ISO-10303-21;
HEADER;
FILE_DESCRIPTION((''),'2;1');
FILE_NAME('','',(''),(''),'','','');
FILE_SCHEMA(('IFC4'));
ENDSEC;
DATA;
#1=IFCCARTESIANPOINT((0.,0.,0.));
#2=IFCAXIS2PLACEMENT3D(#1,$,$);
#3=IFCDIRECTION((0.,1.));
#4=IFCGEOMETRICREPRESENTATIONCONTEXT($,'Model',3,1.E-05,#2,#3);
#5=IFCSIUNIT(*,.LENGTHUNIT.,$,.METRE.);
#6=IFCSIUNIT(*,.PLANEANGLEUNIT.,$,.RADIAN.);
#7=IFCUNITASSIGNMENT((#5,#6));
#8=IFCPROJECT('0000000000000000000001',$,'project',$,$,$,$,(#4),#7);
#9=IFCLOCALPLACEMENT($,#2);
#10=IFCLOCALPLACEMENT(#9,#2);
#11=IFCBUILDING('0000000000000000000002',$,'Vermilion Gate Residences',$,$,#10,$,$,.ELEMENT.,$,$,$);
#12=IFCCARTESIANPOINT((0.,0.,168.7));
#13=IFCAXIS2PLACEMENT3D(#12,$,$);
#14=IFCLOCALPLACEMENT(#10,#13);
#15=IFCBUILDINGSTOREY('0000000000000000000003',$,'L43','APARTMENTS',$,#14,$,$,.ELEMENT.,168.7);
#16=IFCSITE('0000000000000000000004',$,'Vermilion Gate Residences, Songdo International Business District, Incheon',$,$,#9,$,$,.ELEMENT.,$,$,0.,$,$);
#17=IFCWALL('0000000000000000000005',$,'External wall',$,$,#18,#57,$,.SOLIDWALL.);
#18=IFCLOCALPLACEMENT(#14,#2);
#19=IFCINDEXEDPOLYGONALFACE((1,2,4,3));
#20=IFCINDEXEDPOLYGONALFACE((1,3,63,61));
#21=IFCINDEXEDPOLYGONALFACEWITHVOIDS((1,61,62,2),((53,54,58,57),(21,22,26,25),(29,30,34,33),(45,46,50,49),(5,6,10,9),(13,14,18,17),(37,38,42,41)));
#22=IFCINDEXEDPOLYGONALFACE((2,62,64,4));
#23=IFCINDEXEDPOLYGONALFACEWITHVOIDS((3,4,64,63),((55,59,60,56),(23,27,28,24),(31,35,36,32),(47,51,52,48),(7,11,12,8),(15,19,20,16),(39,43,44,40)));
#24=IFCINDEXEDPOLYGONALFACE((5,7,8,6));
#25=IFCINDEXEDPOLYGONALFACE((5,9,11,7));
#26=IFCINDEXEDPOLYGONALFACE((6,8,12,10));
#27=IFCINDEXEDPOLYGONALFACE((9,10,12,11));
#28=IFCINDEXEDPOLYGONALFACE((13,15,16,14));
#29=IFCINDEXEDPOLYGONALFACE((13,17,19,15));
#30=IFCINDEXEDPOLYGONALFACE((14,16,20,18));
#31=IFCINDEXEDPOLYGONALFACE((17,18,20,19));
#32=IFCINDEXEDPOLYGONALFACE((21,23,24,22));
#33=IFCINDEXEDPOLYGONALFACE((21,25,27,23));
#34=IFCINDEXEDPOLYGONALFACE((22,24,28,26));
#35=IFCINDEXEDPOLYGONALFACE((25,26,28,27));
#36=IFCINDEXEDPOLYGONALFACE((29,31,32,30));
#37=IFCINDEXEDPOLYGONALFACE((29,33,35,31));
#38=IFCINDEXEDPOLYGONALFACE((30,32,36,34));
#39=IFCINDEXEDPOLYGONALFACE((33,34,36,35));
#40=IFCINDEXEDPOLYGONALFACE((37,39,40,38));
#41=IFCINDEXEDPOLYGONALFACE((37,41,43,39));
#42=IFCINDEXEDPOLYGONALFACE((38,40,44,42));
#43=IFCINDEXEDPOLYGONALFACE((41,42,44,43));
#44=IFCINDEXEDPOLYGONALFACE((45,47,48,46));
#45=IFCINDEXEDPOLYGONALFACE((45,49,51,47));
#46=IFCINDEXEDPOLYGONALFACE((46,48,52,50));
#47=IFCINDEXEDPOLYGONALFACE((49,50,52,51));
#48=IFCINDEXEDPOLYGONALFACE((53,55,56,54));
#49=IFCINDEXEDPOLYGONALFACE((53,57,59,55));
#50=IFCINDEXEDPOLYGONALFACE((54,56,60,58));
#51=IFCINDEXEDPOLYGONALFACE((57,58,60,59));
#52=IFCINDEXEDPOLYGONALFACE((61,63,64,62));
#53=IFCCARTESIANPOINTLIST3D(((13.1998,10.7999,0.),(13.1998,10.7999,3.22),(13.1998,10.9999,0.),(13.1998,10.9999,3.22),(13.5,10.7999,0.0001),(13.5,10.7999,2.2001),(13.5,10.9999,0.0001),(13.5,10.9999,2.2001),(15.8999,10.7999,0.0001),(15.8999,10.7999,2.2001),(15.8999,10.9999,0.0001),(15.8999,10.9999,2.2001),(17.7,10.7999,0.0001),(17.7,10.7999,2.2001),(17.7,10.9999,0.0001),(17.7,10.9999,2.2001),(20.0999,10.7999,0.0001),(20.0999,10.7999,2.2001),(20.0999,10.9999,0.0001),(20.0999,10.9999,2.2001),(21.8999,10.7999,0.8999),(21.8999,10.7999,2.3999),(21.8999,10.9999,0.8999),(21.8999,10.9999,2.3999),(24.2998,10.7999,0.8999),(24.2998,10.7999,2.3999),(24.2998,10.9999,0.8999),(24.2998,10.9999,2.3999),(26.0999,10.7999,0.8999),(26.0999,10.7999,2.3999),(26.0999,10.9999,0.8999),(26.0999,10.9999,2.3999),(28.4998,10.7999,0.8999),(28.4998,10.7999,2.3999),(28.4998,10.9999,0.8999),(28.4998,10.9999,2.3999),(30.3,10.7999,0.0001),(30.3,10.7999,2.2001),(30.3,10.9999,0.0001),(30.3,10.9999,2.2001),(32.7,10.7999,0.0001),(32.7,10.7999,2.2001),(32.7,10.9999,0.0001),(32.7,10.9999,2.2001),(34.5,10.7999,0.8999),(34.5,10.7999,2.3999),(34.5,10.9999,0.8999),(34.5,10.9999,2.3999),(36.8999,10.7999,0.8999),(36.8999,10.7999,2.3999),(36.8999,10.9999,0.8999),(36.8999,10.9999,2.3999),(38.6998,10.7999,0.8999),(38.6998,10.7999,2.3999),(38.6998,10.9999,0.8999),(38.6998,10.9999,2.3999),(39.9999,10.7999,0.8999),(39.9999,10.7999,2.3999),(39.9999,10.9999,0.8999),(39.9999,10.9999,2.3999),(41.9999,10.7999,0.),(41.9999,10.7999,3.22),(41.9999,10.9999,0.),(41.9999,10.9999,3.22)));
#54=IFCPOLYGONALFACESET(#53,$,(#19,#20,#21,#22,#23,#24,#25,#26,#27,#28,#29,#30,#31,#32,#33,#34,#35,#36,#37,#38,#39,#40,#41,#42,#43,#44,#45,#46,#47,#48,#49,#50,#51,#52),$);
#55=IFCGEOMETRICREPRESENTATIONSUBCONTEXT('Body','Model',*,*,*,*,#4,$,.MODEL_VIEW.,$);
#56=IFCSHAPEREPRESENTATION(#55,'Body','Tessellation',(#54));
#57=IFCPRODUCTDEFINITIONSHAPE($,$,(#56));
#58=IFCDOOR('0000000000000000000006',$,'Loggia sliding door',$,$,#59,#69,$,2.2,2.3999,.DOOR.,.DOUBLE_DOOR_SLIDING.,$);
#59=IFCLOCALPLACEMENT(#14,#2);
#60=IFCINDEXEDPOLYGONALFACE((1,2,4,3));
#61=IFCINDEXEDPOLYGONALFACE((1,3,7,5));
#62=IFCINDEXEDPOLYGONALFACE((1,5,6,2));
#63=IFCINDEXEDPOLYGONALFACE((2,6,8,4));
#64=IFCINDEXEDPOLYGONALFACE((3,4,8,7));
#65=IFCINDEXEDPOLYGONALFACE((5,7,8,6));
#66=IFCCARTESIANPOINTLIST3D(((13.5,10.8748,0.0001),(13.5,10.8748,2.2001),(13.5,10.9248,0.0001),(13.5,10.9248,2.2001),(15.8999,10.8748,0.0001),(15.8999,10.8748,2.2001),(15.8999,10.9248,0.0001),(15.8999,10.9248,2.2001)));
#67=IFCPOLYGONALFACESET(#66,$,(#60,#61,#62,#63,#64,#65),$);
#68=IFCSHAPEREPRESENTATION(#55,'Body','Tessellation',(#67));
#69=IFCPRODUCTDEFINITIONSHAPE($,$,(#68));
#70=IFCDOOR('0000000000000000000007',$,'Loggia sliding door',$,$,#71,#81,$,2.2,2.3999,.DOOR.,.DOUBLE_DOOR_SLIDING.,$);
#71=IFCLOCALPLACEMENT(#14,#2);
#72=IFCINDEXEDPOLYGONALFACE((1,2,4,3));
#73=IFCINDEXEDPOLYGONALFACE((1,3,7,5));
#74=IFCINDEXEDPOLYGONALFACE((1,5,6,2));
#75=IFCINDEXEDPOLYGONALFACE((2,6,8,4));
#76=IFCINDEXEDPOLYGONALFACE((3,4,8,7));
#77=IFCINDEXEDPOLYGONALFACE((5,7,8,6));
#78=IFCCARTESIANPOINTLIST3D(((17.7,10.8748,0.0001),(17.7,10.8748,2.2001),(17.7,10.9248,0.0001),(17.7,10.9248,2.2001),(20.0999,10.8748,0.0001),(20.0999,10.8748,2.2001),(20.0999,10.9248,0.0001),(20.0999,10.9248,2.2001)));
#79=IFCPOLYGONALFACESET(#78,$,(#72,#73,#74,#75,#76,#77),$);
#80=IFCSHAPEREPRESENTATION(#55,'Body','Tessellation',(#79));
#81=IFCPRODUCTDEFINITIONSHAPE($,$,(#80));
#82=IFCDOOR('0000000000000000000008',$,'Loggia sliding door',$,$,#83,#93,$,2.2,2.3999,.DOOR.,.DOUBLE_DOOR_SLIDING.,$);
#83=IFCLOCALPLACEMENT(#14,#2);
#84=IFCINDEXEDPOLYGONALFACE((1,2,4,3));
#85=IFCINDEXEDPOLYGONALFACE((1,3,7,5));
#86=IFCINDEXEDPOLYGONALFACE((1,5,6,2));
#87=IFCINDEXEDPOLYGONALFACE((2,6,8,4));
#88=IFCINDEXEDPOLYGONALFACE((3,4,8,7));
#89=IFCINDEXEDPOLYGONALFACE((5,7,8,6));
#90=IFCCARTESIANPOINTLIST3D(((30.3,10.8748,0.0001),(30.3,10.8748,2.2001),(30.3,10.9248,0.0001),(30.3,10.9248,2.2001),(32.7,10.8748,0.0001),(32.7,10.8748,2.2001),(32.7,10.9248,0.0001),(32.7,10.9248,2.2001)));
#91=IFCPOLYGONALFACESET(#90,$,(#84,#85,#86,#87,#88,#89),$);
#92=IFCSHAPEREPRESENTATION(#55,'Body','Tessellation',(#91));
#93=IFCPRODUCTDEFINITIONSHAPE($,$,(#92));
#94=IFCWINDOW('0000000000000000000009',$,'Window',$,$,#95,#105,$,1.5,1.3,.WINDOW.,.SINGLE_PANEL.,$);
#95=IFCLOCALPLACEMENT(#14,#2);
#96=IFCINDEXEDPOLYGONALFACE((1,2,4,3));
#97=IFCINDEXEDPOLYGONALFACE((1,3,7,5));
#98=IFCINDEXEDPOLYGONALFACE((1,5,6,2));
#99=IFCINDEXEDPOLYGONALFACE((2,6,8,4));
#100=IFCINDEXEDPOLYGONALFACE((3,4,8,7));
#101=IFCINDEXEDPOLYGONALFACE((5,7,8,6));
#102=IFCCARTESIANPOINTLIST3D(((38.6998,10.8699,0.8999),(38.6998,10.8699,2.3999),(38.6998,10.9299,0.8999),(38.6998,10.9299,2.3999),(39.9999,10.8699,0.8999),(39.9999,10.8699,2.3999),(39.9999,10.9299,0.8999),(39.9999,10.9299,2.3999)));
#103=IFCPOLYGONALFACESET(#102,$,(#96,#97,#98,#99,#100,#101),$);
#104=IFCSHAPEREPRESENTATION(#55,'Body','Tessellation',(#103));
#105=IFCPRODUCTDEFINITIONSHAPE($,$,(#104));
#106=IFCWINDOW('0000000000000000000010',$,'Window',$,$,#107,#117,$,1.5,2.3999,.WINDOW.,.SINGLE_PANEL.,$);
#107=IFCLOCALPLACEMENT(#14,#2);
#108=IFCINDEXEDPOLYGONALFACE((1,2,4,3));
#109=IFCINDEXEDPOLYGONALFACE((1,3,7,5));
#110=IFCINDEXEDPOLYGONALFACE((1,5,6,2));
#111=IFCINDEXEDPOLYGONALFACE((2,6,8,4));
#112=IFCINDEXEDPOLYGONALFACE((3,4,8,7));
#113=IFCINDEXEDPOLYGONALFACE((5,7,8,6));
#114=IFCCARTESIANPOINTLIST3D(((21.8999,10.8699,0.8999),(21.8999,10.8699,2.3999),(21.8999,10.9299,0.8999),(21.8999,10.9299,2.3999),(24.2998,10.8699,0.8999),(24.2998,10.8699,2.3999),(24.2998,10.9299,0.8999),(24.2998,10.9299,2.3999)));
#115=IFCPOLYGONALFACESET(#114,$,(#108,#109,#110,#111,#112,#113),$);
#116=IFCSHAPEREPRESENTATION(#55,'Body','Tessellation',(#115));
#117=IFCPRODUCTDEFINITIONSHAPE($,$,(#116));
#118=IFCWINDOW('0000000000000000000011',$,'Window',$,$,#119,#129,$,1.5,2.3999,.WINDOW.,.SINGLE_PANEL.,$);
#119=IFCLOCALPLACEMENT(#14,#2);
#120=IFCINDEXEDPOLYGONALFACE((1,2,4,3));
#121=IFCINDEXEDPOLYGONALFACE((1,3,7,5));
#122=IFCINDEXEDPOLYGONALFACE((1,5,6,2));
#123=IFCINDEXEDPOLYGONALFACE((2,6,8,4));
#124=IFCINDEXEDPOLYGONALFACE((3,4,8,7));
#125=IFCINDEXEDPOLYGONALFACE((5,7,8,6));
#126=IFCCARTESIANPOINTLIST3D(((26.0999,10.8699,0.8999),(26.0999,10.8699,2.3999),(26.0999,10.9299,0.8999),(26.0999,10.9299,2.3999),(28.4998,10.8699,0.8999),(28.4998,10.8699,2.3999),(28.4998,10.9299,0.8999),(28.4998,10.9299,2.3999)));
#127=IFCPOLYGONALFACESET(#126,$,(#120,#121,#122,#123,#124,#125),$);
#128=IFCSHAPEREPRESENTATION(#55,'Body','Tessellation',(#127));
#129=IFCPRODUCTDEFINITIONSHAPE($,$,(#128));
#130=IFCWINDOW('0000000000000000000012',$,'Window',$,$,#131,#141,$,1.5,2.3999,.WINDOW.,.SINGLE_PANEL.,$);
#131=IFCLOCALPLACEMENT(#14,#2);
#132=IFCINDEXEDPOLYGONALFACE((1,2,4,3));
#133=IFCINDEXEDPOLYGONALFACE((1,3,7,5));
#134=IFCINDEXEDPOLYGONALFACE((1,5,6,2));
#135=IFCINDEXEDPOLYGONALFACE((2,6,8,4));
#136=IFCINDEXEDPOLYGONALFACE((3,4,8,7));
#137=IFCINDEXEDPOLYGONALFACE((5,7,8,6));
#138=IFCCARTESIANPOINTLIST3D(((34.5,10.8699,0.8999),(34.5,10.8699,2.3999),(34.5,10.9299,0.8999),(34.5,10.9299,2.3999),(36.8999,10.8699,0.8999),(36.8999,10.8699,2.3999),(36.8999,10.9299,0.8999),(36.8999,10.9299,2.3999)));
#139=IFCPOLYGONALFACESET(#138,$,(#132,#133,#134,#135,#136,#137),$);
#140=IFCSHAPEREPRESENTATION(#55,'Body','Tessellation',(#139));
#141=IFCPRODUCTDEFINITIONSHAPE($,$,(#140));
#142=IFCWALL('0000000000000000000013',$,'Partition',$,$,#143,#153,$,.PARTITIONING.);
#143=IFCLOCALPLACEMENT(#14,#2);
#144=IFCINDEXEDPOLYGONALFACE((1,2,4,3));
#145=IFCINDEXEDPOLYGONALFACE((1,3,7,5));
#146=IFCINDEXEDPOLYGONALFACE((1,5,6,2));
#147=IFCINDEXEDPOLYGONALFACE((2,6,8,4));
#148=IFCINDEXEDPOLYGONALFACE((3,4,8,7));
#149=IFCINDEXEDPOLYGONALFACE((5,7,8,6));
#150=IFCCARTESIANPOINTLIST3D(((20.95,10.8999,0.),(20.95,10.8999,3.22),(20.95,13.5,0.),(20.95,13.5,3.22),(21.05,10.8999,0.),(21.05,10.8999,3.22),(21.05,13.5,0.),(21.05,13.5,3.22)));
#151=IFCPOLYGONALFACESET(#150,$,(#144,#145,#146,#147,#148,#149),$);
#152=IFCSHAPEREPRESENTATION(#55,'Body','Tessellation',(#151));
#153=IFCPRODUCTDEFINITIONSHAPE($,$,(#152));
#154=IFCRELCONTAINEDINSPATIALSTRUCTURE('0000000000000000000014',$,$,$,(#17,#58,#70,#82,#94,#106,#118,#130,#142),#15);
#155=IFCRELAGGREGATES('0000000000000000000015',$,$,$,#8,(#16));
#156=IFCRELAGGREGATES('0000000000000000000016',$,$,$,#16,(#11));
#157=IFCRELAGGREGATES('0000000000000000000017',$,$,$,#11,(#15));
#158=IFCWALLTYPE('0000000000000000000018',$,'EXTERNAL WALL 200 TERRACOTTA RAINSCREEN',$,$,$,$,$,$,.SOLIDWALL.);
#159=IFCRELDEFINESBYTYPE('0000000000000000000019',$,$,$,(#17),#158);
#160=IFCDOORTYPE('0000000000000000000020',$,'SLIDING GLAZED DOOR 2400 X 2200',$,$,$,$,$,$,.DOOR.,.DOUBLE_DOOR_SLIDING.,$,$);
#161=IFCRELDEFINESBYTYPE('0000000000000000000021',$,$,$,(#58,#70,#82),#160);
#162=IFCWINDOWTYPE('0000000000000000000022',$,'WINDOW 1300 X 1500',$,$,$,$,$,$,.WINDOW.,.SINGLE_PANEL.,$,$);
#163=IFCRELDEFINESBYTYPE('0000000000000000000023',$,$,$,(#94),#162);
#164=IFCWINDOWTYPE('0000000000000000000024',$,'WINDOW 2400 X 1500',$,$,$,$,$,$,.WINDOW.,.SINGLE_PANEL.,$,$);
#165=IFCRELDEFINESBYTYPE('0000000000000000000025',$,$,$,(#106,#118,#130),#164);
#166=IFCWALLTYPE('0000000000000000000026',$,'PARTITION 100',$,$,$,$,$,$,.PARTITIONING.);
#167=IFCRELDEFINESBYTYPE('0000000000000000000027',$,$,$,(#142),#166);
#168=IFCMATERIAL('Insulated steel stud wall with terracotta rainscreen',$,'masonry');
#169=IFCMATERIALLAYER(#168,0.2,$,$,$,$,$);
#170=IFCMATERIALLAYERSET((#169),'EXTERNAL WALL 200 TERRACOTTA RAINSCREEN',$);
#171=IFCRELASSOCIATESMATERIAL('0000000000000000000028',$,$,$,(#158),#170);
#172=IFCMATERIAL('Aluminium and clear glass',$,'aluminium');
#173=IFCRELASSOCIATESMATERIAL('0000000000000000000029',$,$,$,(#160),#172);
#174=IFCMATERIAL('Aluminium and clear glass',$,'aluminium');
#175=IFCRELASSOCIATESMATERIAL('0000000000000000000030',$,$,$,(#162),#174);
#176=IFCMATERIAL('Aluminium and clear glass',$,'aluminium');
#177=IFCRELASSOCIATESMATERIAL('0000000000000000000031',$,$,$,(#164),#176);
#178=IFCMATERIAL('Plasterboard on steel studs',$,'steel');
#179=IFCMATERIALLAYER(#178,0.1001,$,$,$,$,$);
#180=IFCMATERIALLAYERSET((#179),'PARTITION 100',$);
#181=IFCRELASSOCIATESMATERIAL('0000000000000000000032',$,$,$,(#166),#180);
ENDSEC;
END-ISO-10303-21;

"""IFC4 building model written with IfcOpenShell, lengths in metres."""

from ifc_helpers import new_model, si_unit, direction, frame, frame_2d, origin, place, context, subcontext, project, spatial, rectangle, extrude, material, layer, layer_set, type_object, element, fill, save


model = new_model("IFC4")

# Units and contexts
model_context = context("Model", 3, precision=1e-05, world=origin(), true_north=direction((0.0, 1.0)))
body_context = subcontext(model_context, "Body", "Model", "MODEL_VIEW")
ifc_project = project(units=[si_unit("LENGTHUNIT", "METRE"), si_unit("PLANEANGLEUNIT", "RADIAN")], contexts=[model_context])

# Site, building, storey
site_placement = place(None, origin())
site = spatial("IfcSite", under=ifc_project, at=site_placement, Name="Vermilion Gate Residences, Songdo International Business District, Incheon", CompositionType="ELEMENT", RefElevation=0.0)
building_placement = place(site_placement, origin())
building = spatial("IfcBuilding", under=site, at=building_placement, Name="Vermilion Gate Residences", CompositionType="ELEMENT")
storey_placement = place(building_placement, frame((0.0, 0.0, 168.7)))
storey = spatial("IfcBuildingStorey", under=building, at=storey_placement, Name="L43", Description="APARTMENTS", CompositionType="ELEMENT", Elevation=168.7)

# Shared definitions
ifc_material_1 = material(Name="Insulated steel stud wall with terracotta rainscreen", Category="masonry")
ifc_layer_1 = layer(ifc_material_1, 0.2)
ifc_layer_set_1 = layer_set([ifc_layer_1], Name="EXTERNAL WALL 200 TERRACOTTA RAINSCREEN")
wall_type_1 = type_object("IfcWallType", Name="EXTERNAL WALL 200 TERRACOTTA RAINSCREEN", PredefinedType="SOLIDWALL", material=ifc_layer_set_1)

# Wall, openings, doors, windows
wall_1_placement = place(storey_placement, frame((13.2, 10.8999, 0.0), z_axis=(0.0, 0.0, 1.0), x_axis=(1.0, 0.0, 0.0)))
wall_1 = element("IfcWall", 1, at=wall_1_placement, inside=storey, type_object=wall_type_1, Name="External wall", PredefinedType="SOLIDWALL", context=body_context, shape_type="SweptSolid", body=[
    extrude(rectangle(XDim=28.8, YDim=0.2, at=frame_2d((14.3999, 0.0))), origin(), (0.0, 0.0, 1.0), 3.22),
])
opening_1_placement = place(wall_1_placement, frame((0.3, 0.0, 0.0)))
opening_1 = element("IfcOpeningElement", 2, at=opening_1_placement, cuts=wall_1, PredefinedType="OPENING", context=body_context, shape_type="SweptSolid", body=[
    extrude(rectangle(XDim=2.3999, YDim=2.2, at=frame_2d((1.2, 1.1001))), frame((0.0, 0.1099, 0.0), z_axis=(0.0, -1.0, 0.0), x_axis=(1.0, 0.0, 0.0)), (0.0, 0.0, 1.0), 0.22),
])
opening_2_placement = place(wall_1_placement, frame((4.5, 0.0, 0.0)))
opening_2 = element("IfcOpeningElement", 3, at=opening_2_placement, cuts=wall_1, PredefinedType="OPENING", context=body_context, shape_type="SweptSolid", body=[
    extrude(rectangle(XDim=2.3999, YDim=2.2, at=frame_2d((1.2, 1.1001))), frame((0.0, 0.1099, 0.0), z_axis=(0.0, -1.0, 0.0), x_axis=(1.0, 0.0, 0.0)), (0.0, 0.0, 1.0), 0.22),
])
opening_3_placement = place(wall_1_placement, frame((8.7, 0.0, 0.8999)))
opening_3 = element("IfcOpeningElement", 4, at=opening_3_placement, cuts=wall_1, PredefinedType="OPENING", context=body_context, shape_type="SweptSolid", body=[
    extrude(rectangle(XDim=2.3999, YDim=1.5, at=frame_2d((1.2, 0.75))), frame((0.0, 0.1099, 0.0), z_axis=(0.0, -1.0, 0.0), x_axis=(1.0, 0.0, 0.0)), (0.0, 0.0, 1.0), 0.22),
])
opening_4_placement = place(wall_1_placement, frame((12.8999, 0.0, 0.8999)))
opening_4 = element("IfcOpeningElement", 5, at=opening_4_placement, cuts=wall_1, PredefinedType="OPENING", context=body_context, shape_type="SweptSolid", body=[
    extrude(rectangle(XDim=2.3999, YDim=1.5, at=frame_2d((1.2, 0.75))), frame((0.0, 0.1099, 0.0), z_axis=(0.0, -1.0, 0.0), x_axis=(1.0, 0.0, 0.0)), (0.0, 0.0, 1.0), 0.22),
])
opening_5_placement = place(wall_1_placement, frame((17.1001, 0.0, 0.0)))
opening_5 = element("IfcOpeningElement", 6, at=opening_5_placement, cuts=wall_1, PredefinedType="OPENING", context=body_context, shape_type="SweptSolid", body=[
    extrude(rectangle(XDim=2.3999, YDim=2.2, at=frame_2d((1.2, 1.1001))), frame((0.0, 0.1099, 0.0), z_axis=(0.0, -1.0, 0.0), x_axis=(1.0, 0.0, 0.0)), (0.0, 0.0, 1.0), 0.22),
])
opening_6_placement = place(wall_1_placement, frame((21.3, 0.0, 0.8999)))
opening_6 = element("IfcOpeningElement", 7, at=opening_6_placement, cuts=wall_1, PredefinedType="OPENING", context=body_context, shape_type="SweptSolid", body=[
    extrude(rectangle(XDim=2.3999, YDim=1.5, at=frame_2d((1.2, 0.75))), frame((0.0, 0.1099, 0.0), z_axis=(0.0, -1.0, 0.0), x_axis=(1.0, 0.0, 0.0)), (0.0, 0.0, 1.0), 0.22),
])
opening_7_placement = place(wall_1_placement, frame((25.5, 0.0, 0.8999)))
opening_7 = element("IfcOpeningElement", 8, at=opening_7_placement, cuts=wall_1, PredefinedType="OPENING", context=body_context, shape_type="SweptSolid", body=[
    extrude(rectangle(XDim=1.3, YDim=1.5, at=frame_2d((0.6499, 0.75))), frame((0.0, 0.1099, 0.0), z_axis=(0.0, -1.0, 0.0), x_axis=(1.0, 0.0, 0.0)), (0.0, 0.0, 1.0), 0.22),
])
ifc_material_2 = material(Name="Aluminium and clear glass", Category="aluminium")
door_type_1 = type_object("IfcDoorType", Name="SLIDING GLAZED DOOR 2400 X 2200", OperationType="DOUBLE_DOOR_SLIDING", PredefinedType="DOOR", material=ifc_material_2)
door_1_placement = place(opening_1_placement, origin())
door_1 = element("IfcDoor", 9, at=door_1_placement, inside=storey, type_object=door_type_1, Name="Loggia sliding door", OperationType="DOUBLE_DOOR_SLIDING", OverallHeight=2.2, OverallWidth=2.3999, PredefinedType="DOOR", context=body_context, shape_type="SweptSolid", body=[
    extrude(rectangle(XDim=2.3999, YDim=2.2, at=frame_2d((1.2, 1.1001))), frame((0.0, 0.0249, 0.0), z_axis=(0.0, -1.0, 0.0), x_axis=(1.0, 0.0, 0.0)), (0.0, 0.0, 1.0), 0.05),
])
fill(opening_1, door_1)
door_2_placement = place(opening_2_placement, origin())
door_2 = element("IfcDoor", 10, at=door_2_placement, inside=storey, type_object=door_type_1, Name="Loggia sliding door", OperationType="DOUBLE_DOOR_SLIDING", OverallHeight=2.2, OverallWidth=2.3999, PredefinedType="DOOR", context=body_context, shape_type="SweptSolid", body=[
    extrude(rectangle(XDim=2.3999, YDim=2.2, at=frame_2d((1.2, 1.1001))), frame((0.0, 0.0249, 0.0), z_axis=(0.0, -1.0, 0.0), x_axis=(1.0, 0.0, 0.0)), (0.0, 0.0, 1.0), 0.05),
])
fill(opening_2, door_2)
door_3_placement = place(opening_5_placement, origin())
door_3 = element("IfcDoor", 11, at=door_3_placement, inside=storey, type_object=door_type_1, Name="Loggia sliding door", OperationType="DOUBLE_DOOR_SLIDING", OverallHeight=2.2, OverallWidth=2.3999, PredefinedType="DOOR", context=body_context, shape_type="SweptSolid", body=[
    extrude(rectangle(XDim=2.3999, YDim=2.2, at=frame_2d((1.2, 1.1001))), frame((0.0, 0.0249, 0.0), z_axis=(0.0, -1.0, 0.0), x_axis=(1.0, 0.0, 0.0)), (0.0, 0.0, 1.0), 0.05),
])
fill(opening_5, door_3)
ifc_material_3 = material(Name="Aluminium and clear glass", Category="aluminium")
window_type_1 = type_object("IfcWindowType", Name="WINDOW 1300 X 1500", PartitioningType="SINGLE_PANEL", PredefinedType="WINDOW", material=ifc_material_3)
window_1_placement = place(opening_7_placement, origin())
window_1 = element("IfcWindow", 12, at=window_1_placement, inside=storey, type_object=window_type_1, Name="Window", OverallHeight=1.5, OverallWidth=1.3, PartitioningType="SINGLE_PANEL", PredefinedType="WINDOW", context=body_context, shape_type="SweptSolid", body=[
    extrude(rectangle(XDim=1.3, YDim=1.5, at=frame_2d((0.6499, 0.75))), frame((0.0, 0.03, 0.0), z_axis=(0.0, -1.0, 0.0), x_axis=(1.0, 0.0, 0.0)), (0.0, 0.0, 1.0), 0.0601),
])
fill(opening_7, window_1)
ifc_material_4 = material(Name="Aluminium and clear glass", Category="aluminium")
window_type_2 = type_object("IfcWindowType", Name="WINDOW 2400 X 1500", PartitioningType="SINGLE_PANEL", PredefinedType="WINDOW", material=ifc_material_4)
window_2_placement = place(opening_3_placement, origin())
window_2 = element("IfcWindow", 13, at=window_2_placement, inside=storey, type_object=window_type_2, Name="Window", OverallHeight=1.5, OverallWidth=2.3999, PartitioningType="SINGLE_PANEL", PredefinedType="WINDOW", context=body_context, shape_type="SweptSolid", body=[
    extrude(rectangle(XDim=2.3999, YDim=1.5, at=frame_2d((1.2, 0.75))), frame((0.0, 0.03, 0.0), z_axis=(0.0, -1.0, 0.0), x_axis=(1.0, 0.0, 0.0)), (0.0, 0.0, 1.0), 0.0601),
])
fill(opening_3, window_2)
window_3_placement = place(opening_4_placement, origin())
window_3 = element("IfcWindow", 14, at=window_3_placement, inside=storey, type_object=window_type_2, Name="Window", OverallHeight=1.5, OverallWidth=2.3999, PartitioningType="SINGLE_PANEL", PredefinedType="WINDOW", context=body_context, shape_type="SweptSolid", body=[
    extrude(rectangle(XDim=2.3999, YDim=1.5, at=frame_2d((1.2, 0.75))), frame((0.0, 0.03, 0.0), z_axis=(0.0, -1.0, 0.0), x_axis=(1.0, 0.0, 0.0)), (0.0, 0.0, 1.0), 0.0601),
])
fill(opening_4, window_3)
window_4_placement = place(opening_6_placement, origin())
window_4 = element("IfcWindow", 15, at=window_4_placement, inside=storey, type_object=window_type_2, Name="Window", OverallHeight=1.5, OverallWidth=2.3999, PartitioningType="SINGLE_PANEL", PredefinedType="WINDOW", context=body_context, shape_type="SweptSolid", body=[
    extrude(rectangle(XDim=2.3999, YDim=1.5, at=frame_2d((1.2, 0.75))), frame((0.0, 0.03, 0.0), z_axis=(0.0, -1.0, 0.0), x_axis=(1.0, 0.0, 0.0)), (0.0, 0.0, 1.0), 0.0601),
])
fill(opening_6, window_4)

# Wall
ifc_material_5 = material(Name="Plasterboard on steel studs", Category="steel")
ifc_layer_2 = layer(ifc_material_5, 0.1001)
ifc_layer_set_2 = layer_set([ifc_layer_2], Name="PARTITION 100")
wall_type_2 = type_object("IfcWallType", Name="PARTITION 100", PredefinedType="PARTITIONING", material=ifc_layer_set_2)
wall_2_placement = place(storey_placement, frame((21.0, 10.8999, 0.0), z_axis=(0.0, 0.0, 1.0), x_axis=(0.0, 1.0, 0.0)))
element("IfcWall", 16, at=wall_2_placement, inside=storey, type_object=wall_type_2, Name="Partition", PredefinedType="PARTITIONING", context=body_context, shape_type="SweptSolid", body=[
    extrude(rectangle(XDim=2.6001, YDim=0.1001, at=frame_2d((1.3, 0.0))), origin(), (0.0, 0.0, 1.0), 3.22),
])

save(model, "model.ifc")
